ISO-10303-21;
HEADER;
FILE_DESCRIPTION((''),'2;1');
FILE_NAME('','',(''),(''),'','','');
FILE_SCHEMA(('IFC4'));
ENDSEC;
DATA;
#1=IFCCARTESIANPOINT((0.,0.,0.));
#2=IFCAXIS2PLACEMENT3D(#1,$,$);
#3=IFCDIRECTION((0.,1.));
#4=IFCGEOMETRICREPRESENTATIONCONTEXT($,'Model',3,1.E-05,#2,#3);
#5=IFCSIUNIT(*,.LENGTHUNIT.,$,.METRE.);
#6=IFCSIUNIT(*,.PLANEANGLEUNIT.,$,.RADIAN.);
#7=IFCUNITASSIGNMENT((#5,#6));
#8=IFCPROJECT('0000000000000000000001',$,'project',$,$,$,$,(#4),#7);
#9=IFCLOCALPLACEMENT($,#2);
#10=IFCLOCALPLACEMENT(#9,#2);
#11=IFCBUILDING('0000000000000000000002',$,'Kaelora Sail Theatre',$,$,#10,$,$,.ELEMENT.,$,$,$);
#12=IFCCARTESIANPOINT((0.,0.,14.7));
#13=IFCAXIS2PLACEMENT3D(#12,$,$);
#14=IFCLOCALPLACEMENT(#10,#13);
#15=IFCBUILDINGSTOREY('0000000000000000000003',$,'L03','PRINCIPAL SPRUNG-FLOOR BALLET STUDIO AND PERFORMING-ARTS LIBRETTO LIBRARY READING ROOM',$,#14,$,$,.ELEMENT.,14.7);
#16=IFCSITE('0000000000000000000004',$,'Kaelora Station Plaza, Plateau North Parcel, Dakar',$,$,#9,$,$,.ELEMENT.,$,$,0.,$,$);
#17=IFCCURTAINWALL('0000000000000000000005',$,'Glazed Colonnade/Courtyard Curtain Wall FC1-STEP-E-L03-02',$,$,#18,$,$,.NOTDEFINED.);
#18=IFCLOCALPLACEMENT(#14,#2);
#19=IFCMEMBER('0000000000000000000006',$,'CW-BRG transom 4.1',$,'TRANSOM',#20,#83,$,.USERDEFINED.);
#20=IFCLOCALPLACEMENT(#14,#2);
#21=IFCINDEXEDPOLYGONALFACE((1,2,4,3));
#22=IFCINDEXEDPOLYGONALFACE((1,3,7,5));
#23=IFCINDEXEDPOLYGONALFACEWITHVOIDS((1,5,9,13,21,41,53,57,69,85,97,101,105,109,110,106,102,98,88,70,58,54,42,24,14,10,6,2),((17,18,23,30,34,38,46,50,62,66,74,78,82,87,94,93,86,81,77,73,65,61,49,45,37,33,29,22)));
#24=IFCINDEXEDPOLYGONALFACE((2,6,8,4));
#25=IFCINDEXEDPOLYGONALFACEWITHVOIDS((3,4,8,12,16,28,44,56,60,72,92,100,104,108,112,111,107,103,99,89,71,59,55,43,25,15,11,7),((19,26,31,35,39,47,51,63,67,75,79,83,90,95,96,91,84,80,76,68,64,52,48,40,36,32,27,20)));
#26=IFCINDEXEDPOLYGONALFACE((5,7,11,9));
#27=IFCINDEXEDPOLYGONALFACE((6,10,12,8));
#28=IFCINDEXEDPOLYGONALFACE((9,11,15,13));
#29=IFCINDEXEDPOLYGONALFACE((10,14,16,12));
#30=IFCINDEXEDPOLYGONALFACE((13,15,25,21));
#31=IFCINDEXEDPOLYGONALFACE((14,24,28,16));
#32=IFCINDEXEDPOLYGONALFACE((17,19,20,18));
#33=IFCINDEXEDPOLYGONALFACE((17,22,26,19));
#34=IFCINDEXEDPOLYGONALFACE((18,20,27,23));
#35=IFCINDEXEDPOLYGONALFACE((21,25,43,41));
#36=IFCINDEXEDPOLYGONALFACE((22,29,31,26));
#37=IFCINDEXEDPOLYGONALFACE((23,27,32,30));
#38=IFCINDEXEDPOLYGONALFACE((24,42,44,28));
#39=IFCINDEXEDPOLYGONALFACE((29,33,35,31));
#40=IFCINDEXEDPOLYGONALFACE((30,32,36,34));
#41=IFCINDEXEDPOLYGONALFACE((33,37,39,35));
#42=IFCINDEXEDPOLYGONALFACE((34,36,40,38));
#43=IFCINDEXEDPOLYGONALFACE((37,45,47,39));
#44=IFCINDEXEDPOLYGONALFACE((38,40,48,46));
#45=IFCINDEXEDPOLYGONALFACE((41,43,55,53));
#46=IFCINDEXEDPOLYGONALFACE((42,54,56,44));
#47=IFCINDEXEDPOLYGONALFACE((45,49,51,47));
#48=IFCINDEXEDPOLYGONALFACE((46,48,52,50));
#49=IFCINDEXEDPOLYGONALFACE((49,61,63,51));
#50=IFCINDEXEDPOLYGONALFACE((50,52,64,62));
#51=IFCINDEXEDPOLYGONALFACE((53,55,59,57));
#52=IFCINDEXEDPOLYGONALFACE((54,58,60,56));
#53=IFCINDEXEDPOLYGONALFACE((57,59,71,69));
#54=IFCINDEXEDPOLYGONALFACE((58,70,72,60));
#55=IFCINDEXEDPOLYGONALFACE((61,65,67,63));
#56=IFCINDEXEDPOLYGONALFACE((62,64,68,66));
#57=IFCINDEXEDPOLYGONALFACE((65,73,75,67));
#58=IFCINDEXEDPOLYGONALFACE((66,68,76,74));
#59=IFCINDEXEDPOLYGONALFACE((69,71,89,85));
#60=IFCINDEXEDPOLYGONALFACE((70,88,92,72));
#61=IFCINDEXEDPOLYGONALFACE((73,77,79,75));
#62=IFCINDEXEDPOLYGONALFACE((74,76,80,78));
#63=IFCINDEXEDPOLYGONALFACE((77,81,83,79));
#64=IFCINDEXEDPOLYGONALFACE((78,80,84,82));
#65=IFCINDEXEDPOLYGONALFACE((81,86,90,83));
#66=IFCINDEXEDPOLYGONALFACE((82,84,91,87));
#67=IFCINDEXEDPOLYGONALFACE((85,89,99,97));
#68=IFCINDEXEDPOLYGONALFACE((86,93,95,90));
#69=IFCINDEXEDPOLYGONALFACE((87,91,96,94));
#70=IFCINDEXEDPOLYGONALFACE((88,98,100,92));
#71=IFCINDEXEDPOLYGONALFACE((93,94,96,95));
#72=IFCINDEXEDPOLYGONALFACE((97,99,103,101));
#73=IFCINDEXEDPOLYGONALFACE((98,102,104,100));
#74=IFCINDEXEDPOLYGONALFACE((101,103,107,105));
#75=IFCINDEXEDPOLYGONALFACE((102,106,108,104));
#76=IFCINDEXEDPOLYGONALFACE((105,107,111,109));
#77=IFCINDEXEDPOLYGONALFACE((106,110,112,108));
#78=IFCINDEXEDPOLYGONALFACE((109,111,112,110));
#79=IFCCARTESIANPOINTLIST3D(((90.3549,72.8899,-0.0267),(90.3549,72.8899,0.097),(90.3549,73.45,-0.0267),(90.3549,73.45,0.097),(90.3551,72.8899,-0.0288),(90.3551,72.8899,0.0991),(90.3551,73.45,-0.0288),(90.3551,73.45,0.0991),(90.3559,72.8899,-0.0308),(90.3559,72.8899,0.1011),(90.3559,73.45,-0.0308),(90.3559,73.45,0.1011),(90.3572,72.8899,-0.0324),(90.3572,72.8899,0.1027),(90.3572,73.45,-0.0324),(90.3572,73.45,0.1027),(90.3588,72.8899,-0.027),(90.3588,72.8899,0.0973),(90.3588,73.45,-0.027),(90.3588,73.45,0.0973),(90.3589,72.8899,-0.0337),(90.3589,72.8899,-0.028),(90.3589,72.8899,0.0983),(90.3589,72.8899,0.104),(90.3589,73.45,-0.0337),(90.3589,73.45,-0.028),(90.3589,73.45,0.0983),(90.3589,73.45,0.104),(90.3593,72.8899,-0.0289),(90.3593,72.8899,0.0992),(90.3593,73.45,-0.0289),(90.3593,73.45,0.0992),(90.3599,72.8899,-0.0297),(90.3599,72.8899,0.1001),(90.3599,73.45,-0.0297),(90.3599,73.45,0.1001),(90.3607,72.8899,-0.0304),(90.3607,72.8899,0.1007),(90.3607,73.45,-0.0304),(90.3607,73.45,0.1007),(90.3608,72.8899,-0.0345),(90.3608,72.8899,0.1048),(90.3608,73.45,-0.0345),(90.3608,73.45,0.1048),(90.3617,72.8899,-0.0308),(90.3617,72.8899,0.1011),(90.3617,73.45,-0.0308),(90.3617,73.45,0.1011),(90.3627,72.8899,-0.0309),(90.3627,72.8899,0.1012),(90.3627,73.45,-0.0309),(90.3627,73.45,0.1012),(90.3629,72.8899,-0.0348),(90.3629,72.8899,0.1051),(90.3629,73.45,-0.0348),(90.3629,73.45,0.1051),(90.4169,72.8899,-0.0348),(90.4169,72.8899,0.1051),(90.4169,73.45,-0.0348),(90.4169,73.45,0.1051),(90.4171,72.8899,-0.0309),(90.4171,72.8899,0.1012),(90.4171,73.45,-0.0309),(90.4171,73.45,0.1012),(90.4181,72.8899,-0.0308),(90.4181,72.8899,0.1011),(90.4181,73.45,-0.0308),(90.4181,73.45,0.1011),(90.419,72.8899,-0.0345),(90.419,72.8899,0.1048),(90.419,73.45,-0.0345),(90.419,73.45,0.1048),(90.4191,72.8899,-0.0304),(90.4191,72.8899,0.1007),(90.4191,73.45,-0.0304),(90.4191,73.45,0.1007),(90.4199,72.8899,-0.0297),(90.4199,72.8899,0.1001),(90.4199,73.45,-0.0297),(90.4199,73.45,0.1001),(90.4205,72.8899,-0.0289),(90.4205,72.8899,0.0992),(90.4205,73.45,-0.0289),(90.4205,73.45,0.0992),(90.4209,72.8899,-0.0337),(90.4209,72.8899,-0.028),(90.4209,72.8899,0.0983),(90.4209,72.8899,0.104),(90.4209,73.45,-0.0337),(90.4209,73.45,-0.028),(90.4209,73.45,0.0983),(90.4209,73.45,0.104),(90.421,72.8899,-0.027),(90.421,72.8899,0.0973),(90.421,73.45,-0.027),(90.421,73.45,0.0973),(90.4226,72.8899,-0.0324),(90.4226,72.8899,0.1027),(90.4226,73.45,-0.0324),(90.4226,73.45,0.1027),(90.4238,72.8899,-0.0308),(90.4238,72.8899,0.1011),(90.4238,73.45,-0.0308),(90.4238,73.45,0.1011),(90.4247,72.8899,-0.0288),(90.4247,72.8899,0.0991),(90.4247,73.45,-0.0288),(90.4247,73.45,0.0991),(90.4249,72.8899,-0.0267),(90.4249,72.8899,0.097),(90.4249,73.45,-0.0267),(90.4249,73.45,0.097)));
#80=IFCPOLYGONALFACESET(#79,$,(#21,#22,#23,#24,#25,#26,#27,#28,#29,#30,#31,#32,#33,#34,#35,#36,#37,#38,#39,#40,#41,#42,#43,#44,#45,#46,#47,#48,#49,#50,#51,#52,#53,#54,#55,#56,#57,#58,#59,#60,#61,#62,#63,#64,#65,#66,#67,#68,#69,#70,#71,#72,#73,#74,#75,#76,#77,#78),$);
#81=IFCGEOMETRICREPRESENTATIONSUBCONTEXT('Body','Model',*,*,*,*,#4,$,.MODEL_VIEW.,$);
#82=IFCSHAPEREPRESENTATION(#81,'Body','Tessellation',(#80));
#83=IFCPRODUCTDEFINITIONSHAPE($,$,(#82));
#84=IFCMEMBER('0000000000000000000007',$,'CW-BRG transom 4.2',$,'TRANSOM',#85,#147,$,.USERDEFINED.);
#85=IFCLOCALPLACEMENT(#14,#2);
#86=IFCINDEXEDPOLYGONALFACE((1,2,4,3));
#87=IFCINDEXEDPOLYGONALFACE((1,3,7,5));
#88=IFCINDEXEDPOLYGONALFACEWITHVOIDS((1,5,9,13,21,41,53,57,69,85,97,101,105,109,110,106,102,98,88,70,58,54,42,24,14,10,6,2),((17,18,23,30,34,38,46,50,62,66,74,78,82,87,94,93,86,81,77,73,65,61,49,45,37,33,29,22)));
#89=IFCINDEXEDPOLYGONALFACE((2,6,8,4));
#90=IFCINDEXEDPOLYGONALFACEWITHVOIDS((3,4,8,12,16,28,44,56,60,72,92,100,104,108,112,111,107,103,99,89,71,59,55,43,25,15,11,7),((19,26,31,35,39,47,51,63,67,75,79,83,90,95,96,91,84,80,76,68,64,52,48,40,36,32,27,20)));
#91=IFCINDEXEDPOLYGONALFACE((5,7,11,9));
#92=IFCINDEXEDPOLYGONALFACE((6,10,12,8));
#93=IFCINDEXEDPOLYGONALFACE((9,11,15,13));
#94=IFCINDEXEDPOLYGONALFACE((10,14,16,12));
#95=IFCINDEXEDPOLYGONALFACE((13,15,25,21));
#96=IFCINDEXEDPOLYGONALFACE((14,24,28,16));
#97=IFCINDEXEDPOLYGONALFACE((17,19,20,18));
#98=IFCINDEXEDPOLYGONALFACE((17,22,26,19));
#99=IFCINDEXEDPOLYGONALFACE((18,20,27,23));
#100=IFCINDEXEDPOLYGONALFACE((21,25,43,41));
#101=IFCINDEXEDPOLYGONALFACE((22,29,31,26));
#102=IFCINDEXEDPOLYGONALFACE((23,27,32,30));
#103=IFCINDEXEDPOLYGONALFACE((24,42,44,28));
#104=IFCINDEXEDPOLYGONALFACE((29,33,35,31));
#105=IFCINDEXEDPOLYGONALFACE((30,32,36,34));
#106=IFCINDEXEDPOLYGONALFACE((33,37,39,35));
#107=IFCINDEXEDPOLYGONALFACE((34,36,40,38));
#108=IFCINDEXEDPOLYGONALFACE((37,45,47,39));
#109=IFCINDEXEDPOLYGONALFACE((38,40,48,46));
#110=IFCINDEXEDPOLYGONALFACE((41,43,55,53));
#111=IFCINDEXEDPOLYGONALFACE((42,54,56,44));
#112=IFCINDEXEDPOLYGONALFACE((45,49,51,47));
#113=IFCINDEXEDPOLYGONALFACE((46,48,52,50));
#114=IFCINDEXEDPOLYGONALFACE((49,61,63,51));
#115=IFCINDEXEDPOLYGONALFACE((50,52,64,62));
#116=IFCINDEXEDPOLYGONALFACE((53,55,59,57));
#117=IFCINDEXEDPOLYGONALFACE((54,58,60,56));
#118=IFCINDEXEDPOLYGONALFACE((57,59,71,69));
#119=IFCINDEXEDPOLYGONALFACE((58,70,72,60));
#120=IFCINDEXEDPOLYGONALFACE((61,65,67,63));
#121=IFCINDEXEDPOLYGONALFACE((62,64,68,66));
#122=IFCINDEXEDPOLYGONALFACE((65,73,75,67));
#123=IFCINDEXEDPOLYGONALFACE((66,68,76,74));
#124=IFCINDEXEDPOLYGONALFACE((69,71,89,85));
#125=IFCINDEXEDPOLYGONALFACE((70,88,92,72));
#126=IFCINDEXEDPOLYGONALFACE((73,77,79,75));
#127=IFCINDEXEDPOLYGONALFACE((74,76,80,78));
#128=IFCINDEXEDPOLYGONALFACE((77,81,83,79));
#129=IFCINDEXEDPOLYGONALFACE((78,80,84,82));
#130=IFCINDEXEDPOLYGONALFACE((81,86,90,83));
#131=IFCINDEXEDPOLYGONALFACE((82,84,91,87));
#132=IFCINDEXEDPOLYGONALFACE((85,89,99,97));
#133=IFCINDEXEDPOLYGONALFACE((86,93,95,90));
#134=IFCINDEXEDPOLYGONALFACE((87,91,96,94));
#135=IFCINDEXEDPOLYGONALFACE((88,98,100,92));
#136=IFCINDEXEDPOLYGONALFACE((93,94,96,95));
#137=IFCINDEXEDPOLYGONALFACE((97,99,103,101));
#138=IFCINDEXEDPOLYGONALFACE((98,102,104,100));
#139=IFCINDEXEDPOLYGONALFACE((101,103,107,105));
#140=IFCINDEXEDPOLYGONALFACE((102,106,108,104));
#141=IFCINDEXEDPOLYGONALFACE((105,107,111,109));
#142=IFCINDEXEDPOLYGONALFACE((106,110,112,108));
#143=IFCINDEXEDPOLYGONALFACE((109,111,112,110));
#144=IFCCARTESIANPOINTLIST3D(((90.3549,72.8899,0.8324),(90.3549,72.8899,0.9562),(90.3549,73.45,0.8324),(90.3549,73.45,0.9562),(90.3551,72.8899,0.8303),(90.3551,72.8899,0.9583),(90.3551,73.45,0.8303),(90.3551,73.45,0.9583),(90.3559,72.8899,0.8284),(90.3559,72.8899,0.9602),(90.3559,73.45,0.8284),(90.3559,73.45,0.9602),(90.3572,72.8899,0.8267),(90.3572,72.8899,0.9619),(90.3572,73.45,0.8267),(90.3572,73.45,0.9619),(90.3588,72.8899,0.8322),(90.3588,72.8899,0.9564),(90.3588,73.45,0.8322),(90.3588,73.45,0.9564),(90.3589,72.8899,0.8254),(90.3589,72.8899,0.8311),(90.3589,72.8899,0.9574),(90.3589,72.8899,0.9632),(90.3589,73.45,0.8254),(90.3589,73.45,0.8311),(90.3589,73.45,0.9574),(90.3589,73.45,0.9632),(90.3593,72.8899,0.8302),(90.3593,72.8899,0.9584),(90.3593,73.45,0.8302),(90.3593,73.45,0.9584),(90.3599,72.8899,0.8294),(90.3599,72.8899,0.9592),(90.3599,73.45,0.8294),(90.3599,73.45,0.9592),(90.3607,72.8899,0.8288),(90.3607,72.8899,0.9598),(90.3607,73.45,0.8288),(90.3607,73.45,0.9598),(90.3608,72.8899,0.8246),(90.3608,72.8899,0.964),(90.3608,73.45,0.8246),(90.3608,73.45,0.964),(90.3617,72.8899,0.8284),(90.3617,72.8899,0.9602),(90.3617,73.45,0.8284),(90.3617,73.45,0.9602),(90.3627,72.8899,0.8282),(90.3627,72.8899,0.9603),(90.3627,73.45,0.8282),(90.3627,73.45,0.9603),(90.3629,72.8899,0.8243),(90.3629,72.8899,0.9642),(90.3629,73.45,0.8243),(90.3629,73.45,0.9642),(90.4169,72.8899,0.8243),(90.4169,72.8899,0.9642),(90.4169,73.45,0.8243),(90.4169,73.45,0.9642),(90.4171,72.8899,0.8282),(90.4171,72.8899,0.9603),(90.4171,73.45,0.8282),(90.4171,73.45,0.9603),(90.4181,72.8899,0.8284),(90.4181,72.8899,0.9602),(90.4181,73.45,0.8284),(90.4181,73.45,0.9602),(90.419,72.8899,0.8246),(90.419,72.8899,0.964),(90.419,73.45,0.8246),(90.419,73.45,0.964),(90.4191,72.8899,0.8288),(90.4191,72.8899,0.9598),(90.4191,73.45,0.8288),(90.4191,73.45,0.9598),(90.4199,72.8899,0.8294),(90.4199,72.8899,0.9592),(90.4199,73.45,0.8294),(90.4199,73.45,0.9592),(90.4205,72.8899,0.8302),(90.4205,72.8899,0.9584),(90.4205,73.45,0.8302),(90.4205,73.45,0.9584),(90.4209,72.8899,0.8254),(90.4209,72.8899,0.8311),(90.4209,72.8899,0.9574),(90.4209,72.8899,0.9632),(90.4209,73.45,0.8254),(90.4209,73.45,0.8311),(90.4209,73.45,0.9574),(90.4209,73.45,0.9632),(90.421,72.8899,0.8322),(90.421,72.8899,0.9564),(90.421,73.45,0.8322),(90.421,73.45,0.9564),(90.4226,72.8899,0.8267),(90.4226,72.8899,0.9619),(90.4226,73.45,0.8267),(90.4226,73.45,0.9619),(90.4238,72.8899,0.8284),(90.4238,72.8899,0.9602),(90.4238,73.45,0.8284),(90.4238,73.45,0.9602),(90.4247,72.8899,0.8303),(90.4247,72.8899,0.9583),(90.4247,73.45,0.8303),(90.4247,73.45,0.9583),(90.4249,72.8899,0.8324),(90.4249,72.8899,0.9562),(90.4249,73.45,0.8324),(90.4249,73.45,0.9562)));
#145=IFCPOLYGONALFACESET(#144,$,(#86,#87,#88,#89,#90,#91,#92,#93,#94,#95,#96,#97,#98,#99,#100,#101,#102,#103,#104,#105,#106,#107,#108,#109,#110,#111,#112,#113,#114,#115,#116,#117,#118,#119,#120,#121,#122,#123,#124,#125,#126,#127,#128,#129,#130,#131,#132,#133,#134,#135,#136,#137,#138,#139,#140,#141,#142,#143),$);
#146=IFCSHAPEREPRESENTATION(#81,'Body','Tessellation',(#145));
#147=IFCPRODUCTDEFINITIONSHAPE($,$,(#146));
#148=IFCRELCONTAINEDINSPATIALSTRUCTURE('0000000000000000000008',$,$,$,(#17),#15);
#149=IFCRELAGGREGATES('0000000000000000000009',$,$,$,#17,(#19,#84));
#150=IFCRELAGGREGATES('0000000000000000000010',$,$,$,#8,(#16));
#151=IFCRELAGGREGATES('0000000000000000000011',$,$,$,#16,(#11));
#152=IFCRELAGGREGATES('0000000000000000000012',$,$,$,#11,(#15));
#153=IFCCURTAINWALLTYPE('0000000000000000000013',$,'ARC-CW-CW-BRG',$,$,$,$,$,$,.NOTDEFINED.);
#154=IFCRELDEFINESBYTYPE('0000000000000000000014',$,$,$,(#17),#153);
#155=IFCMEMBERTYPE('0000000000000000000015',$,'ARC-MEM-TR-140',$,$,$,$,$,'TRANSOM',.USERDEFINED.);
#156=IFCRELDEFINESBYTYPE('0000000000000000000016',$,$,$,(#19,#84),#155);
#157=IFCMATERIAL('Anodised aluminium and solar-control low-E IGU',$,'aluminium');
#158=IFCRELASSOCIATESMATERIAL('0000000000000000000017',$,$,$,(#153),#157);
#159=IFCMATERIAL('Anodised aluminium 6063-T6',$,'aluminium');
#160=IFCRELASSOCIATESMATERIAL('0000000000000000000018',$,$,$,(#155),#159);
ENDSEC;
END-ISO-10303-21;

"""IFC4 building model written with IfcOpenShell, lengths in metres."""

from ifc_helpers import new_model, si_unit, direction, frame, origin, origin_2d, place, context, subcontext, project, spatial, hollow_rectangle, extrude, material, material_profile, profile_set, type_object, element, aggregate, save


model = new_model("IFC4")

# Units and contexts
model_context = context("Model", 3, precision=1e-05, world=origin(), true_north=direction((0.0, 1.0)))
body_context = subcontext(model_context, "Body", "Model", "MODEL_VIEW")
ifc_project = project(units=[si_unit("LENGTHUNIT", "METRE"), si_unit("PLANEANGLEUNIT", "RADIAN")], contexts=[model_context])

# Site, building, storey
site_placement = place(None, origin())
site = spatial("IfcSite", under=ifc_project, at=site_placement, Name="Kaelora Station Plaza, Plateau North Parcel, Dakar", CompositionType="ELEMENT", RefElevation=0.0)
building_placement = place(site_placement, origin())
building = spatial("IfcBuilding", under=site, at=building_placement, Name="Kaelora Sail Theatre", CompositionType="ELEMENT")
storey_placement = place(building_placement, frame((0.0, 0.0, 14.7)))
storey = spatial("IfcBuildingStorey", under=building, at=storey_placement, Name="L03", Description="PRINCIPAL SPRUNG-FLOOR BALLET STUDIO AND PERFORMING-ARTS LIBRETTO LIBRARY READING ROOM", CompositionType="ELEMENT", Elevation=14.7)

# Curtain wall, members
ifc_material_1 = material(Name="Anodised aluminium and solar-control low-E IGU", Category="aluminium")
curtain_wall_type = type_object("IfcCurtainWallType", Name="ARC-CW-CW-BRG", PredefinedType="NOTDEFINED", material=ifc_material_1)
curtain_wall_placement = place(storey_placement, origin())
curtain_wall = element("IfcCurtainWall", 1, at=curtain_wall_placement, inside=storey, type_object=curtain_wall_type, Name="Glazed Colonnade/Courtyard Curtain Wall FC1-STEP-E-L03-02", PredefinedType="NOTDEFINED")
ifc_material_2 = material(Name="Anodised aluminium 6063-T6", Category="aluminium")
ifc_material_profile_1 = material_profile(ifc_material_2, hollow_rectangle(XDim=0.0701, YDim=0.1399, WallThickness=0.0039, InnerFilletRadius=0.0039, OuterFilletRadius=0.0081, at=origin_2d()), Name="ALU-TRAN 70x140x4")
ifc_profile_set_1 = profile_set([ifc_material_profile_1], Name="Anodised aluminium 6063-T6")
member_type_1 = type_object("IfcMemberType", Name="ARC-MEM-TR-140", ElementType="TRANSOM", PredefinedType="USERDEFINED", material=ifc_profile_set_1)
member_1_placement = place(storey_placement, frame((90.3899, 72.8899, 0.0352), z_axis=(0.0, 1.0, 0.0), x_axis=(-1.0, 0.0, 0.0)))
member_1 = element("IfcMember", 2, at=member_1_placement, type_object=member_type_1, Name="CW-BRG transom 4.1", ObjectType="TRANSOM", PredefinedType="USERDEFINED", context=body_context, shape_type="SweptSolid", body=[
    extrude(hollow_rectangle(XDim=0.0701, YDim=0.1399, WallThickness=0.0039, InnerFilletRadius=0.0039, OuterFilletRadius=0.0081, at=origin_2d()), origin(), (0.0, 0.0, 1.0), 0.5601),
])
member_2_placement = place(storey_placement, frame((90.3899, 72.8899, 0.8943), z_axis=(0.0, 1.0, 0.0), x_axis=(-1.0, 0.0, 0.0)))
member_2 = element("IfcMember", 3, at=member_2_placement, type_object=member_type_1, Name="CW-BRG transom 4.2", ObjectType="TRANSOM", PredefinedType="USERDEFINED", context=body_context, shape_type="SweptSolid", body=[
    extrude(hollow_rectangle(XDim=0.0701, YDim=0.1399, WallThickness=0.0039, InnerFilletRadius=0.0039, OuterFilletRadius=0.0081, at=origin_2d()), origin(), (0.0, 0.0, 1.0), 0.5601),
])
aggregate(curtain_wall, [member_1, member_2])

save(model, "model.ifc")
